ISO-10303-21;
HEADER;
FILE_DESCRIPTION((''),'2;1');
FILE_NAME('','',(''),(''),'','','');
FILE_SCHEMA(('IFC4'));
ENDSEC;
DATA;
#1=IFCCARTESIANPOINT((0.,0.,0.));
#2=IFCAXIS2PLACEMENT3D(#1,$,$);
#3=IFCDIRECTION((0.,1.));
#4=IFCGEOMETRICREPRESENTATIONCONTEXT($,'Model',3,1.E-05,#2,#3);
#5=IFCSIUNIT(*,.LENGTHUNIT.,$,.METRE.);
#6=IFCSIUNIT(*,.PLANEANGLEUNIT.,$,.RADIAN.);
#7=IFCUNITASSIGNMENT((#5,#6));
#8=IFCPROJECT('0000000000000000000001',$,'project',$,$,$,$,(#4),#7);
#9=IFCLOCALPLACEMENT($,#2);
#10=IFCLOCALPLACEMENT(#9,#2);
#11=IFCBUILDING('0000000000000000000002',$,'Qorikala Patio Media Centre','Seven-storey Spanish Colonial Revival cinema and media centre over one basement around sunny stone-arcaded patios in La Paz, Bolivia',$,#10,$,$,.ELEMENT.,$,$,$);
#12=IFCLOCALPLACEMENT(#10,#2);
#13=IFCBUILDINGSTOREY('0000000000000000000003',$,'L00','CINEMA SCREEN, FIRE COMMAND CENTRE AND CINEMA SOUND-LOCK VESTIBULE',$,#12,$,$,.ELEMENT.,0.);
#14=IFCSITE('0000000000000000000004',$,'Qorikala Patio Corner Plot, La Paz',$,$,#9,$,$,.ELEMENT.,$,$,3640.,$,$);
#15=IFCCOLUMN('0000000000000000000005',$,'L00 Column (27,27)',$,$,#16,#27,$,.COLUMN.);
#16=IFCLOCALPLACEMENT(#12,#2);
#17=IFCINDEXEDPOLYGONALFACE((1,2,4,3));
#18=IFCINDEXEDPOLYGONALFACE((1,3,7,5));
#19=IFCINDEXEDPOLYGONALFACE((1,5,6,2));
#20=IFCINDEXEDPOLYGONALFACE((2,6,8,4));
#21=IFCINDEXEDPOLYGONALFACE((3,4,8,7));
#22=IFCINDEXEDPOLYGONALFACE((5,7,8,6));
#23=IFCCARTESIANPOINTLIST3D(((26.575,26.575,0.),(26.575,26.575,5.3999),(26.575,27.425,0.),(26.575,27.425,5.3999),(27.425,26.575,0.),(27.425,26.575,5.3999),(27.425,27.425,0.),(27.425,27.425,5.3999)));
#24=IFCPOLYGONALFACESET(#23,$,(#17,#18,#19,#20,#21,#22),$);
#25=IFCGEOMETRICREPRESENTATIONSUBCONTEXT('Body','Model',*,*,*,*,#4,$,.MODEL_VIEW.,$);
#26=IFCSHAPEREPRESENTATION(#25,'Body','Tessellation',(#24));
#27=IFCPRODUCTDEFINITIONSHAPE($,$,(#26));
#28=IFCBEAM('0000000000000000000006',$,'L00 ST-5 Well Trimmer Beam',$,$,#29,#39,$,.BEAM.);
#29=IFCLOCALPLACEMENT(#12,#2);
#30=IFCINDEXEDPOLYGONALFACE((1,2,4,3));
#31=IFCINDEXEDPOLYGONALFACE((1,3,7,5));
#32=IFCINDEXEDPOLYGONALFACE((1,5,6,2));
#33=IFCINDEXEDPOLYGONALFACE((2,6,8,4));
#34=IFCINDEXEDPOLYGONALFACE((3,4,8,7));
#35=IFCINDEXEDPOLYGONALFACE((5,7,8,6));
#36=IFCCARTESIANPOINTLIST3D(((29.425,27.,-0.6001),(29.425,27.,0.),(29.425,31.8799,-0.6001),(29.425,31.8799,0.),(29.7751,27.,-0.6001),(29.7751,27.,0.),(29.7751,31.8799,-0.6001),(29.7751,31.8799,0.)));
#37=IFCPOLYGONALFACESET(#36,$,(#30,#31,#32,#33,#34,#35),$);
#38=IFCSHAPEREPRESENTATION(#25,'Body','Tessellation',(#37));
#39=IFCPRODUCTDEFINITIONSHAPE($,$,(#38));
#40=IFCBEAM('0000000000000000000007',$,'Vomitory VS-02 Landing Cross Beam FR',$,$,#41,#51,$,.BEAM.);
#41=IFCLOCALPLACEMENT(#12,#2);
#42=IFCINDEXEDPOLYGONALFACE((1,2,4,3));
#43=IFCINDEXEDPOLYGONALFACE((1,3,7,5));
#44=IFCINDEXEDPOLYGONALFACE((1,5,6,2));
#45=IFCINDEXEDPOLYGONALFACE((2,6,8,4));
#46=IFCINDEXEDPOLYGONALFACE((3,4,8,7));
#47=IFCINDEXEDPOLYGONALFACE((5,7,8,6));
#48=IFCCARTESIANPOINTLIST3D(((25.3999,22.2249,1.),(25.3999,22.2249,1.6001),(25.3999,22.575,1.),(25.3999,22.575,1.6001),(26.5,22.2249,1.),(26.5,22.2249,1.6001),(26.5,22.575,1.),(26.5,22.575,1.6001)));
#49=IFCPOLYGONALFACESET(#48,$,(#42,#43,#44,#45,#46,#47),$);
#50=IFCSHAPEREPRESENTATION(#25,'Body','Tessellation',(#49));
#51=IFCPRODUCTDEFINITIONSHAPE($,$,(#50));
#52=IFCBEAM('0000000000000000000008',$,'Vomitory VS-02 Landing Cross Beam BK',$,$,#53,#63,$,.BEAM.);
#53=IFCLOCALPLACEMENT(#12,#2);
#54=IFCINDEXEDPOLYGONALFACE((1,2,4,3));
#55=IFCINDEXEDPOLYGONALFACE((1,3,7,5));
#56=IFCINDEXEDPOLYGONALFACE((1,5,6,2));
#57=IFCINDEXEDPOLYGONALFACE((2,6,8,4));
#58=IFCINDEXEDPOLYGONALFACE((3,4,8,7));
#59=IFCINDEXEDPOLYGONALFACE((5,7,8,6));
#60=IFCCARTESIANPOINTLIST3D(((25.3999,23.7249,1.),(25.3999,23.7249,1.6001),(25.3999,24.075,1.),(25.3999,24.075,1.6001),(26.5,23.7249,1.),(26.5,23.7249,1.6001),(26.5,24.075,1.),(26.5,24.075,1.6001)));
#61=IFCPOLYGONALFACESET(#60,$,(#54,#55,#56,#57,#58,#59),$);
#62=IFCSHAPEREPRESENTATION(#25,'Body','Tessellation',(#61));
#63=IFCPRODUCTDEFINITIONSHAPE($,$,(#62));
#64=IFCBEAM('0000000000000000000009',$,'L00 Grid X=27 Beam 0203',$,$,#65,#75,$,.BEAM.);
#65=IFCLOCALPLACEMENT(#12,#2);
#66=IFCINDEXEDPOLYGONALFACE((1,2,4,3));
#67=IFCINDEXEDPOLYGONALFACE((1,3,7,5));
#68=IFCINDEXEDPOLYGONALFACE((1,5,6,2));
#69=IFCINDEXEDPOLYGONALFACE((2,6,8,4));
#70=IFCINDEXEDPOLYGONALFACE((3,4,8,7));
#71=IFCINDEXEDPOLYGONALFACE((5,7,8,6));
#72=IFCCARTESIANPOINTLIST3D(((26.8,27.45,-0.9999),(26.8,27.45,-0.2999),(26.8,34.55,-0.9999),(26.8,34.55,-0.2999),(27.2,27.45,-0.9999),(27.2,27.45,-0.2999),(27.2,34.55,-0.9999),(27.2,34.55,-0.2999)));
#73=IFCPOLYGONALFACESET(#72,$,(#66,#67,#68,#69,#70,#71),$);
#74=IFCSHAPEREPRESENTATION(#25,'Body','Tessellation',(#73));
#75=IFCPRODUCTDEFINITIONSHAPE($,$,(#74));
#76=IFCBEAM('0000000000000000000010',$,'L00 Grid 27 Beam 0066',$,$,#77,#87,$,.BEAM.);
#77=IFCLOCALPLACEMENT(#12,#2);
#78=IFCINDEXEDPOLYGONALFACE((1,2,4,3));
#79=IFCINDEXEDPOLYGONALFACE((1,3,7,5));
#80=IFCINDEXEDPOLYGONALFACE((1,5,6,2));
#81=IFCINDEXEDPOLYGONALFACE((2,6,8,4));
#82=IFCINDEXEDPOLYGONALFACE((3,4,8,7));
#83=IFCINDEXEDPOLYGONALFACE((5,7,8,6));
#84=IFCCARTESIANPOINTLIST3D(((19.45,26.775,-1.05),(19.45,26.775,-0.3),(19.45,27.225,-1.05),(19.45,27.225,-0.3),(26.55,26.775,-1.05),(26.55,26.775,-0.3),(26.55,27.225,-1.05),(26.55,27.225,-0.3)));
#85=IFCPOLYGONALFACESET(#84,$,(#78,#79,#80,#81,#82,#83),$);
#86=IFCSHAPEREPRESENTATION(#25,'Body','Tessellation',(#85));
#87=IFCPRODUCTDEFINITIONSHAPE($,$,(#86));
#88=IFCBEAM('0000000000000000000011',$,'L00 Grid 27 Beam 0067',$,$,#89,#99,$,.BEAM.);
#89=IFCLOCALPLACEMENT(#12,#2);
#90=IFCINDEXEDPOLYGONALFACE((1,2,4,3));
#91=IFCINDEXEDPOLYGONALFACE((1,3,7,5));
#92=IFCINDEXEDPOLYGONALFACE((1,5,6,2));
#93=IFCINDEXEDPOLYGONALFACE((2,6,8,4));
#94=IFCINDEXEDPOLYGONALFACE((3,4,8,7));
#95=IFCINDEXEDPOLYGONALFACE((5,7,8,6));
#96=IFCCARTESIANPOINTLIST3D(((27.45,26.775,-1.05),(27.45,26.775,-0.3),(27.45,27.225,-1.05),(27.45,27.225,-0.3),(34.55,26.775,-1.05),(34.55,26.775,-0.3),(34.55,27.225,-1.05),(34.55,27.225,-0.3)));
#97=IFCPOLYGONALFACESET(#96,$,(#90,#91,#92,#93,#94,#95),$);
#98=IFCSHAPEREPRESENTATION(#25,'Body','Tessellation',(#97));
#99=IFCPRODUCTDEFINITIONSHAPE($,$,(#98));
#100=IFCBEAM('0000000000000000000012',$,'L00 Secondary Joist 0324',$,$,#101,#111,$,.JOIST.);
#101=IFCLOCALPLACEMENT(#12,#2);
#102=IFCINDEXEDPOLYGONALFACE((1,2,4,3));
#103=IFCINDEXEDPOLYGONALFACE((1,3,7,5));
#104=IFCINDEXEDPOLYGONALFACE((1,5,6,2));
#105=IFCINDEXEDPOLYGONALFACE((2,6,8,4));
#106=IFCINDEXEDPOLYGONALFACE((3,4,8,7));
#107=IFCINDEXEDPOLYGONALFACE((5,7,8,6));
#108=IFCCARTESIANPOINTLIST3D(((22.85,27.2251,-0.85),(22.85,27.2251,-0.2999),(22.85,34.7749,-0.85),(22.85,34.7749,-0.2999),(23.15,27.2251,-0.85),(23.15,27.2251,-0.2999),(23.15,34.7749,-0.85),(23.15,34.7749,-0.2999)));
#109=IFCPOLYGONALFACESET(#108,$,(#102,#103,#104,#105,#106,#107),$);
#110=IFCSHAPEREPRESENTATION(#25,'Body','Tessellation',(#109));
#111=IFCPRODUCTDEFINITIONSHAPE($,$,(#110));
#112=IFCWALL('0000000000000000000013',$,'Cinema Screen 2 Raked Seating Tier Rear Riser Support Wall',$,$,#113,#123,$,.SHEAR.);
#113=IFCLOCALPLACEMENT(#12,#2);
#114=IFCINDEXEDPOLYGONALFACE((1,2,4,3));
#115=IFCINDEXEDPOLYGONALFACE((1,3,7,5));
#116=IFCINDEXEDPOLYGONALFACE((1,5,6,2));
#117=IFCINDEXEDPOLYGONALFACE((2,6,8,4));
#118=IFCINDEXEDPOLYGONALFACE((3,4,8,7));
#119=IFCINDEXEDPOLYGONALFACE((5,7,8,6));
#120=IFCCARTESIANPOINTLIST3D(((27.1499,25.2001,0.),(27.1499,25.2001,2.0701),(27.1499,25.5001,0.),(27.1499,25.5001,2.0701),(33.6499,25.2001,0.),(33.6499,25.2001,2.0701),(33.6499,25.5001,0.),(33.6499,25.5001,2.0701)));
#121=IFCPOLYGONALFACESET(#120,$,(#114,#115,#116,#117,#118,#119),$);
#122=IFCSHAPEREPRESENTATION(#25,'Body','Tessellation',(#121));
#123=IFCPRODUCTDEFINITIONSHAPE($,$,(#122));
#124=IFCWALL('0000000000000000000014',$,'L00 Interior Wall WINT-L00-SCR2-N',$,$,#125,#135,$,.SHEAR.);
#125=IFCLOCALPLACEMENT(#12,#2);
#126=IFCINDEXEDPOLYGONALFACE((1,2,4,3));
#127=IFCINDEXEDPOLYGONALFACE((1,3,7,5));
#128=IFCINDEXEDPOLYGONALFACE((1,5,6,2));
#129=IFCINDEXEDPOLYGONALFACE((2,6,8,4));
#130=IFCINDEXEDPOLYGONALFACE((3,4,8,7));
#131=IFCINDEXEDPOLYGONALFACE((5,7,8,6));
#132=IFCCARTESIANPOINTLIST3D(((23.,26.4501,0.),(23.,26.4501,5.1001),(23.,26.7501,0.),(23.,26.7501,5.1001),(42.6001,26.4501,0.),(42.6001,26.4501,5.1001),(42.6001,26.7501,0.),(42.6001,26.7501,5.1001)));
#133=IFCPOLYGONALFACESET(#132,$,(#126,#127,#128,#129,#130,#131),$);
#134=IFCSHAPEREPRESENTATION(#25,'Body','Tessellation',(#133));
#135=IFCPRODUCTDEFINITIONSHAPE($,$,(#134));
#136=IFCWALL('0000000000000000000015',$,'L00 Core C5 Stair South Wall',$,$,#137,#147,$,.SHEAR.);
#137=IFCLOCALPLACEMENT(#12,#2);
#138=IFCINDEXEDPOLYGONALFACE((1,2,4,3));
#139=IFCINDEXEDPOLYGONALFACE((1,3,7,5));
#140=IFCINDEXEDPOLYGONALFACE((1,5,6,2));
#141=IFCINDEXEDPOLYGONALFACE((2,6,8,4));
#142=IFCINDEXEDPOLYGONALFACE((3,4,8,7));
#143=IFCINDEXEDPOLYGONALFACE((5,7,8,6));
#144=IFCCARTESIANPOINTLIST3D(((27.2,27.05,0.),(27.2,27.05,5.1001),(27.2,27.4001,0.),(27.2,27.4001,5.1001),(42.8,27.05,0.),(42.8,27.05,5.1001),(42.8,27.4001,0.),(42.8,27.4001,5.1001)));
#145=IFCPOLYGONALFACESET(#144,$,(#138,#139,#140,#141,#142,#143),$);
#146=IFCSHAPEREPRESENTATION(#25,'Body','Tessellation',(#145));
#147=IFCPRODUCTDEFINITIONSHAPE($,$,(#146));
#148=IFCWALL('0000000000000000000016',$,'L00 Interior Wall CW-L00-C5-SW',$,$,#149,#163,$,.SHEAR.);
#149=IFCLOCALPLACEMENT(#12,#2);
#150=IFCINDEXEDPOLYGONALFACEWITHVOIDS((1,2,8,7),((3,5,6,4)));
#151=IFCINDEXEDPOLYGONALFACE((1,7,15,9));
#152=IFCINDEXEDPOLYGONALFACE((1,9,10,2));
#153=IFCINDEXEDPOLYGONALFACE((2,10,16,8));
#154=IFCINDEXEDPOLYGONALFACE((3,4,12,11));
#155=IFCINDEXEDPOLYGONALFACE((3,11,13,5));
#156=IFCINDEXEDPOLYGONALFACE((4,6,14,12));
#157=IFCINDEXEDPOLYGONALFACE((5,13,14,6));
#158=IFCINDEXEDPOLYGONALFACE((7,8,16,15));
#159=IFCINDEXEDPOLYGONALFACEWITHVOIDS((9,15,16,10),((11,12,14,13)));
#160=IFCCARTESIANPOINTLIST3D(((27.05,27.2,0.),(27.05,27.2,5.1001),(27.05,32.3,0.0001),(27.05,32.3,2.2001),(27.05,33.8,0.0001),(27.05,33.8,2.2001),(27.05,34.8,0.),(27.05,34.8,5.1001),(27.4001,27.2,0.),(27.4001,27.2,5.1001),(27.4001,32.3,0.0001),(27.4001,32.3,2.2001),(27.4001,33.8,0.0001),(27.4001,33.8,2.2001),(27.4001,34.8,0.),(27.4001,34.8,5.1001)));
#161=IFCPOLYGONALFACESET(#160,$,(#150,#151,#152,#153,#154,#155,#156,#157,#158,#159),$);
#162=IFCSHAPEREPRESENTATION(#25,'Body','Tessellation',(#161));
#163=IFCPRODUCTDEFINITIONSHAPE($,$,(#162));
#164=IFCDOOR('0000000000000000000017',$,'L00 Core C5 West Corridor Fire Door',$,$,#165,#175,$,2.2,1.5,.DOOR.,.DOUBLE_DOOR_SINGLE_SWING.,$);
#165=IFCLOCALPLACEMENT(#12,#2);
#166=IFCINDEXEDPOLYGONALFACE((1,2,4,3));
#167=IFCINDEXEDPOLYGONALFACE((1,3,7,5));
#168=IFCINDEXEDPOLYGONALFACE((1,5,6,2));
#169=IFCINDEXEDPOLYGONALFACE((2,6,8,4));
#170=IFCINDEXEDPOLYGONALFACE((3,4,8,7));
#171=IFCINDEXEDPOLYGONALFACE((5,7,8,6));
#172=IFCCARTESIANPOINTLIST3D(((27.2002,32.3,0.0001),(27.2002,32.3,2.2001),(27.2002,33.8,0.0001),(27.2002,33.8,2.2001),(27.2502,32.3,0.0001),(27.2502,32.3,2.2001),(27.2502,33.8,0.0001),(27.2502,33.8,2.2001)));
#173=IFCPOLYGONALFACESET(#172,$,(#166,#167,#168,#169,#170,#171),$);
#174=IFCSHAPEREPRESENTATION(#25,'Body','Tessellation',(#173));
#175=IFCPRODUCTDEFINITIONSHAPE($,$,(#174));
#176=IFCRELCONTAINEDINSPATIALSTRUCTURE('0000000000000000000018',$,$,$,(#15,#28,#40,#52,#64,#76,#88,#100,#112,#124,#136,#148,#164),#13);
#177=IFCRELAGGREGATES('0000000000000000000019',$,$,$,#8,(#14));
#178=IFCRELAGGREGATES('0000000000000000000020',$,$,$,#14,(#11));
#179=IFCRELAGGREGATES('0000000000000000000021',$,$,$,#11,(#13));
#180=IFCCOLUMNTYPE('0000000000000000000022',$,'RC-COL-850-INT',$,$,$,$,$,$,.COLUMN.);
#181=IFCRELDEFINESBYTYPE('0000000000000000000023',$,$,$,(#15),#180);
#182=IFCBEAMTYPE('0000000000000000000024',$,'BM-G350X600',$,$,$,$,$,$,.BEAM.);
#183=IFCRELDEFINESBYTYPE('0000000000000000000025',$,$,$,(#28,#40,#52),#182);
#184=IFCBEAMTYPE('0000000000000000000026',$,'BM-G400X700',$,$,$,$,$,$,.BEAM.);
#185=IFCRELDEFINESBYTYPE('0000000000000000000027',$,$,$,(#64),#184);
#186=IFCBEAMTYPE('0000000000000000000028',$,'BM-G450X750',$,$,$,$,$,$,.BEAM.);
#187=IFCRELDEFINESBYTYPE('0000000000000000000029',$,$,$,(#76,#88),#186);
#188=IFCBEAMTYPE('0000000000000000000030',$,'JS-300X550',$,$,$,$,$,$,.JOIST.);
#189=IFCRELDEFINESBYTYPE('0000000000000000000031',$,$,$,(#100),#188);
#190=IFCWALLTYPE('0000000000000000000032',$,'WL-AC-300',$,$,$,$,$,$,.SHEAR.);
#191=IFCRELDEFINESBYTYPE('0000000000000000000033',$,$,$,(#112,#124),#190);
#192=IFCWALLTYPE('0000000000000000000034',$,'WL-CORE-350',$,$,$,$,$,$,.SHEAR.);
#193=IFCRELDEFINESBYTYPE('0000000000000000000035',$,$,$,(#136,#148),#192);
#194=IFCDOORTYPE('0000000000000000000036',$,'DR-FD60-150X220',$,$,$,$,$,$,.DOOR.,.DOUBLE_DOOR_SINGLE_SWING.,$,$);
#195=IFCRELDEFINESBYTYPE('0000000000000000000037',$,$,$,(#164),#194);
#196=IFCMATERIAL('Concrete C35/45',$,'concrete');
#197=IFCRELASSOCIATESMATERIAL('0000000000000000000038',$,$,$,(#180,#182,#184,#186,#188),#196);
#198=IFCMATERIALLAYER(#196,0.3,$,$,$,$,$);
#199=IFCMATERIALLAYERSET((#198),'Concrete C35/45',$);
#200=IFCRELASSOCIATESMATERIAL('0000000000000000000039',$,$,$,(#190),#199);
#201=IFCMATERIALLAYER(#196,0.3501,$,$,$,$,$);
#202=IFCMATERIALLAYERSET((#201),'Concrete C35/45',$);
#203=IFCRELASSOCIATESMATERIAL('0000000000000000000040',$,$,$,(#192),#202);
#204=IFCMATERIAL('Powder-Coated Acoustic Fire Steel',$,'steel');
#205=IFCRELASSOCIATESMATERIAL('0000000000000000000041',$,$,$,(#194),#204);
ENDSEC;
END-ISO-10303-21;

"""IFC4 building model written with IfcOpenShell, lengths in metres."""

from ifc_helpers import new_model, si_unit, direction, frame, frame_2d, origin, origin_2d, place, context, subcontext, project, spatial, rectangle, extrude, material, layer, layer_set, material_profile, profile_set, type_object, element, fill, save


model = new_model("IFC4")

# Units and contexts
model_context = context("Model", 3, precision=1e-05, world=origin(), true_north=direction((0.0, 1.0)))
body_context = subcontext(model_context, "Body", "Model", "MODEL_VIEW")
ifc_project = project(units=[si_unit("LENGTHUNIT", "METRE"), si_unit("PLANEANGLEUNIT", "RADIAN")], contexts=[model_context])

# Site, building, storey
site_placement = place(None, origin())
site = spatial("IfcSite", under=ifc_project, at=site_placement, Name="Qorikala Patio Corner Plot, La Paz", CompositionType="ELEMENT", RefElevation=3640.0)
building_placement = place(site_placement, origin())
building = spatial("IfcBuilding", under=site, at=building_placement, Name="Qorikala Patio Media Centre", Description="Seven-storey Spanish Colonial Revival cinema and media centre over one basement around sunny stone-arcaded patios in La Paz, Bolivia", CompositionType="ELEMENT")
storey_placement = place(building_placement, origin())
storey = spatial("IfcBuildingStorey", under=building, at=storey_placement, Name="L00", Description="CINEMA SCREEN, FIRE COMMAND CENTRE AND CINEMA SOUND-LOCK VESTIBULE", CompositionType="ELEMENT", Elevation=0.0)

# Column
ifc_material_1 = material(Name="Concrete C35/45", Category="concrete")
ifc_material_profile_1 = material_profile(ifc_material_1, rectangle(XDim=0.8501, YDim=0.8501, at=origin_2d()), Name="RC 850x850")
ifc_profile_set_1 = profile_set([ifc_material_profile_1], Name="Concrete C35/45")
column_type = type_object("IfcColumnType", Name="RC-COL-850-INT", PredefinedType="COLUMN", material=ifc_profile_set_1)
column_placement = place(storey_placement, frame((27.0, 27.0, 0.0), z_axis=(0.0, 0.0, 1.0), x_axis=(1.0, 0.0, 0.0)))
element("IfcColumn", 1, at=column_placement, inside=storey, type_object=column_type, Name="L00 Column (27,27)", PredefinedType="COLUMN", context=body_context, shape_type="SweptSolid", body=[
    extrude(rectangle(XDim=0.8501, YDim=0.8501, at=origin_2d()), origin(), (0.0, 0.0, 1.0), 5.3999),
])

# Beams
ifc_material_profile_2 = material_profile(ifc_material_1, rectangle(XDim=0.3501, YDim=0.6001, at=origin_2d()), Name="RC 350x600")
ifc_profile_set_2 = profile_set([ifc_material_profile_2], Name="Concrete C35/45")
beam_type_1 = type_object("IfcBeamType", Name="BM-G350X600", PredefinedType="BEAM", material=ifc_profile_set_2)
beam_1_placement = place(storey_placement, frame((29.6001, 27.0, -0.3), z_axis=(0.0, 1.0, 0.0), x_axis=(-1.0, 0.0, 0.0)))
element("IfcBeam", 2, at=beam_1_placement, inside=storey, type_object=beam_type_1, Name="L00 ST-5 Well Trimmer Beam", PredefinedType="BEAM", context=body_context, shape_type="SweptSolid", body=[
    extrude(rectangle(XDim=0.3501, YDim=0.6001, at=origin_2d()), origin(), (0.0, 0.0, 1.0), 4.8799),
])
for number, where, z_axis, x_axis, name in (
    (3, (25.3999, 22.3999, 1.3), (1.0, 0.0, 0.0), (0.0, 1.0, 0.0), "Vomitory VS-02 Landing Cross Beam FR"),
    (4, (25.3999, 23.8999, 1.3), (1.0, 0.0, 0.0), (0.0, 1.0, 0.0), "Vomitory VS-02 Landing Cross Beam BK"),
):
    element("IfcBeam", number, at=place(storey_placement, frame(where, z_axis=z_axis, x_axis=x_axis)), inside=storey, type_object=beam_type_1, Name=name, PredefinedType="BEAM", context=body_context, shape_type="SweptSolid", body=[
        extrude(rectangle(XDim=0.3501, YDim=0.6001, at=origin_2d()), origin(), (0.0, 0.0, 1.0), 1.1001),
    ])
ifc_material_profile_3 = material_profile(ifc_material_1, rectangle(XDim=0.3999, YDim=0.7, at=origin_2d()), Name="RC 400x700")
ifc_profile_set_3 = profile_set([ifc_material_profile_3], Name="Concrete C35/45")
beam_type_2 = type_object("IfcBeamType", Name="BM-G400X700", PredefinedType="BEAM", material=ifc_profile_set_3)
beam_2_placement = place(storey_placement, frame((27.0, 27.45, -0.6499), z_axis=(0.0, 1.0, 0.0), x_axis=(-1.0, 0.0, 0.0)))
element("IfcBeam", 5, at=beam_2_placement, inside=storey, type_object=beam_type_2, Name="L00 Grid X=27 Beam 0203", PredefinedType="BEAM", context=body_context, shape_type="SweptSolid", body=[
    extrude(rectangle(XDim=0.3999, YDim=0.7, at=origin_2d()), origin(), (0.0, 0.0, 1.0), 7.1001),
])
ifc_material_profile_4 = material_profile(ifc_material_1, rectangle(XDim=0.45, YDim=0.75, at=origin_2d()), Name="RC 450x750")
ifc_profile_set_4 = profile_set([ifc_material_profile_4], Name="Concrete C35/45")
beam_type_3 = type_object("IfcBeamType", Name="BM-G450X750", PredefinedType="BEAM", material=ifc_profile_set_4)
for number, where, z_axis, x_axis, name in (
    (6, (19.45, 27.0, -0.675), (1.0, 0.0, 0.0), (0.0, 1.0, 0.0), "L00 Grid 27 Beam 0066"),
    (7, (27.45, 27.0, -0.675), (1.0, 0.0, 0.0), (0.0, 1.0, 0.0), "L00 Grid 27 Beam 0067"),
):
    element("IfcBeam", number, at=place(storey_placement, frame(where, z_axis=z_axis, x_axis=x_axis)), inside=storey, type_object=beam_type_3, Name=name, PredefinedType="BEAM", context=body_context, shape_type="SweptSolid", body=[
        extrude(rectangle(XDim=0.45, YDim=0.75, at=origin_2d()), origin(), (0.0, 0.0, 1.0), 7.1001),
    ])
ifc_material_profile_5 = material_profile(ifc_material_1, rectangle(XDim=0.3, YDim=0.55, at=origin_2d()), Name="RC 300x550")
ifc_profile_set_5 = profile_set([ifc_material_profile_5], Name="Concrete C35/45")
beam_type_4 = type_object("IfcBeamType", Name="JS-300X550", PredefinedType="JOIST", material=ifc_profile_set_5)
beam_3_placement = place(storey_placement, frame((23.0, 27.2251, -0.575), z_axis=(0.0, 1.0, 0.0), x_axis=(-1.0, 0.0, 0.0)))
element("IfcBeam", 8, at=beam_3_placement, inside=storey, type_object=beam_type_4, Name="L00 Secondary Joist 0324", PredefinedType="JOIST", context=body_context, shape_type="SweptSolid", body=[
    extrude(rectangle(XDim=0.3, YDim=0.55, at=origin_2d()), origin(), (0.0, 0.0, 1.0), 7.5498),
])

# Walls
ifc_layer_1 = layer(ifc_material_1, 0.3)
ifc_layer_set_1 = layer_set([ifc_layer_1], Name="Concrete C35/45")
wall_type_1 = type_object("IfcWallType", Name="WL-AC-300", PredefinedType="SHEAR", material=ifc_layer_set_1)
wall_1_placement = place(storey_placement, frame((27.1499, 25.3501, 0.0), z_axis=(0.0, 0.0, 1.0), x_axis=(1.0, 0.0, 0.0)))
element("IfcWall", 9, at=wall_1_placement, inside=storey, type_object=wall_type_1, Name="Cinema Screen 2 Raked Seating Tier Rear Riser Support Wall", PredefinedType="SHEAR", context=body_context, shape_type="SweptSolid", body=[
    extrude(rectangle(XDim=6.5, YDim=0.3, at=frame_2d((3.25, 0.0))), origin(), (0.0, 0.0, 1.0), 2.0701),
])
wall_2_placement = place(storey_placement, frame((23.0, 26.6001, 0.0), z_axis=(0.0, 0.0, 1.0), x_axis=(1.0, 0.0, 0.0)))
element("IfcWall", 10, at=wall_2_placement, inside=storey, type_object=wall_type_1, Name="L00 Interior Wall WINT-L00-SCR2-N", PredefinedType="SHEAR", context=body_context, shape_type="SweptSolid", body=[
    extrude(rectangle(XDim=19.6001, YDim=0.3, at=frame_2d((9.8, 0.0))), origin(), (0.0, 0.0, 1.0), 5.1001),
])
ifc_layer_2 = layer(ifc_material_1, 0.3501)
ifc_layer_set_2 = layer_set([ifc_layer_2], Name="Concrete C35/45")
wall_type_2 = type_object("IfcWallType", Name="WL-CORE-350", PredefinedType="SHEAR", material=ifc_layer_set_2)
wall_3_placement = place(storey_placement, frame((27.2, 27.2251, 0.0), z_axis=(0.0, 0.0, 1.0), x_axis=(1.0, 0.0, 0.0)))
element("IfcWall", 11, at=wall_3_placement, inside=storey, type_object=wall_type_2, Name="L00 Core C5 Stair South Wall", PredefinedType="SHEAR", context=body_context, shape_type="SweptSolid", body=[
    extrude(rectangle(XDim=15.6001, YDim=0.3501, at=frame_2d((7.8, 0.0))), origin(), (0.0, 0.0, 1.0), 5.1001),
])

# Wall, opening, door
wall_4_placement = place(storey_placement, frame((27.2251, 27.2, 0.0), z_axis=(0.0, 0.0, 1.0), x_axis=(0.0, 1.0, 0.0)))
wall_4 = element("IfcWall", 12, at=wall_4_placement, inside=storey, type_object=wall_type_2, Name="L00 Interior Wall CW-L00-C5-SW", PredefinedType="SHEAR", context=body_context, shape_type="SweptSolid", body=[
    extrude(rectangle(XDim=7.6001, YDim=0.3501, at=frame_2d((3.8, 0.0))), origin(), (0.0, 0.0, 1.0), 5.1001),
])
opening_placement = place(wall_4_placement, frame((5.1001, 0.0, 0.0)))
opening = element("IfcOpeningElement", 13, at=opening_placement, cuts=wall_4, PredefinedType="OPENING", context=body_context, shape_type="SweptSolid", body=[
    extrude(rectangle(XDim=1.5, YDim=2.2, at=frame_2d((0.75, 1.1001))), frame((0.0, 0.1851, 0.0), z_axis=(0.0, -1.0, 0.0), x_axis=(1.0, 0.0, 0.0)), (0.0, 0.0, 1.0), 0.3701),
])
ifc_material_2 = material(Name="Powder-Coated Acoustic Fire Steel", Category="steel")
door_type = type_object("IfcDoorType", Name="DR-FD60-150X220", OperationType="DOUBLE_DOOR_SINGLE_SWING", PredefinedType="DOOR", material=ifc_material_2)
door_placement = place(opening_placement, origin())
door = element("IfcDoor", 14, at=door_placement, inside=storey, type_object=door_type, Name="L00 Core C5 West Corridor Fire Door", OperationType="DOUBLE_DOOR_SINGLE_SWING", OverallHeight=2.2, OverallWidth=1.5, PredefinedType="DOOR", context=body_context, shape_type="SweptSolid", body=[
    extrude(rectangle(XDim=1.5, YDim=2.2, at=frame_2d((0.75, 1.1001))), frame((0.0, 0.0249, 0.0), z_axis=(0.0, -1.0, 0.0), x_axis=(1.0, 0.0, 0.0)), (0.0, 0.0, 1.0), 0.05),
])
fill(opening, door)

save(model, "model.ifc")
